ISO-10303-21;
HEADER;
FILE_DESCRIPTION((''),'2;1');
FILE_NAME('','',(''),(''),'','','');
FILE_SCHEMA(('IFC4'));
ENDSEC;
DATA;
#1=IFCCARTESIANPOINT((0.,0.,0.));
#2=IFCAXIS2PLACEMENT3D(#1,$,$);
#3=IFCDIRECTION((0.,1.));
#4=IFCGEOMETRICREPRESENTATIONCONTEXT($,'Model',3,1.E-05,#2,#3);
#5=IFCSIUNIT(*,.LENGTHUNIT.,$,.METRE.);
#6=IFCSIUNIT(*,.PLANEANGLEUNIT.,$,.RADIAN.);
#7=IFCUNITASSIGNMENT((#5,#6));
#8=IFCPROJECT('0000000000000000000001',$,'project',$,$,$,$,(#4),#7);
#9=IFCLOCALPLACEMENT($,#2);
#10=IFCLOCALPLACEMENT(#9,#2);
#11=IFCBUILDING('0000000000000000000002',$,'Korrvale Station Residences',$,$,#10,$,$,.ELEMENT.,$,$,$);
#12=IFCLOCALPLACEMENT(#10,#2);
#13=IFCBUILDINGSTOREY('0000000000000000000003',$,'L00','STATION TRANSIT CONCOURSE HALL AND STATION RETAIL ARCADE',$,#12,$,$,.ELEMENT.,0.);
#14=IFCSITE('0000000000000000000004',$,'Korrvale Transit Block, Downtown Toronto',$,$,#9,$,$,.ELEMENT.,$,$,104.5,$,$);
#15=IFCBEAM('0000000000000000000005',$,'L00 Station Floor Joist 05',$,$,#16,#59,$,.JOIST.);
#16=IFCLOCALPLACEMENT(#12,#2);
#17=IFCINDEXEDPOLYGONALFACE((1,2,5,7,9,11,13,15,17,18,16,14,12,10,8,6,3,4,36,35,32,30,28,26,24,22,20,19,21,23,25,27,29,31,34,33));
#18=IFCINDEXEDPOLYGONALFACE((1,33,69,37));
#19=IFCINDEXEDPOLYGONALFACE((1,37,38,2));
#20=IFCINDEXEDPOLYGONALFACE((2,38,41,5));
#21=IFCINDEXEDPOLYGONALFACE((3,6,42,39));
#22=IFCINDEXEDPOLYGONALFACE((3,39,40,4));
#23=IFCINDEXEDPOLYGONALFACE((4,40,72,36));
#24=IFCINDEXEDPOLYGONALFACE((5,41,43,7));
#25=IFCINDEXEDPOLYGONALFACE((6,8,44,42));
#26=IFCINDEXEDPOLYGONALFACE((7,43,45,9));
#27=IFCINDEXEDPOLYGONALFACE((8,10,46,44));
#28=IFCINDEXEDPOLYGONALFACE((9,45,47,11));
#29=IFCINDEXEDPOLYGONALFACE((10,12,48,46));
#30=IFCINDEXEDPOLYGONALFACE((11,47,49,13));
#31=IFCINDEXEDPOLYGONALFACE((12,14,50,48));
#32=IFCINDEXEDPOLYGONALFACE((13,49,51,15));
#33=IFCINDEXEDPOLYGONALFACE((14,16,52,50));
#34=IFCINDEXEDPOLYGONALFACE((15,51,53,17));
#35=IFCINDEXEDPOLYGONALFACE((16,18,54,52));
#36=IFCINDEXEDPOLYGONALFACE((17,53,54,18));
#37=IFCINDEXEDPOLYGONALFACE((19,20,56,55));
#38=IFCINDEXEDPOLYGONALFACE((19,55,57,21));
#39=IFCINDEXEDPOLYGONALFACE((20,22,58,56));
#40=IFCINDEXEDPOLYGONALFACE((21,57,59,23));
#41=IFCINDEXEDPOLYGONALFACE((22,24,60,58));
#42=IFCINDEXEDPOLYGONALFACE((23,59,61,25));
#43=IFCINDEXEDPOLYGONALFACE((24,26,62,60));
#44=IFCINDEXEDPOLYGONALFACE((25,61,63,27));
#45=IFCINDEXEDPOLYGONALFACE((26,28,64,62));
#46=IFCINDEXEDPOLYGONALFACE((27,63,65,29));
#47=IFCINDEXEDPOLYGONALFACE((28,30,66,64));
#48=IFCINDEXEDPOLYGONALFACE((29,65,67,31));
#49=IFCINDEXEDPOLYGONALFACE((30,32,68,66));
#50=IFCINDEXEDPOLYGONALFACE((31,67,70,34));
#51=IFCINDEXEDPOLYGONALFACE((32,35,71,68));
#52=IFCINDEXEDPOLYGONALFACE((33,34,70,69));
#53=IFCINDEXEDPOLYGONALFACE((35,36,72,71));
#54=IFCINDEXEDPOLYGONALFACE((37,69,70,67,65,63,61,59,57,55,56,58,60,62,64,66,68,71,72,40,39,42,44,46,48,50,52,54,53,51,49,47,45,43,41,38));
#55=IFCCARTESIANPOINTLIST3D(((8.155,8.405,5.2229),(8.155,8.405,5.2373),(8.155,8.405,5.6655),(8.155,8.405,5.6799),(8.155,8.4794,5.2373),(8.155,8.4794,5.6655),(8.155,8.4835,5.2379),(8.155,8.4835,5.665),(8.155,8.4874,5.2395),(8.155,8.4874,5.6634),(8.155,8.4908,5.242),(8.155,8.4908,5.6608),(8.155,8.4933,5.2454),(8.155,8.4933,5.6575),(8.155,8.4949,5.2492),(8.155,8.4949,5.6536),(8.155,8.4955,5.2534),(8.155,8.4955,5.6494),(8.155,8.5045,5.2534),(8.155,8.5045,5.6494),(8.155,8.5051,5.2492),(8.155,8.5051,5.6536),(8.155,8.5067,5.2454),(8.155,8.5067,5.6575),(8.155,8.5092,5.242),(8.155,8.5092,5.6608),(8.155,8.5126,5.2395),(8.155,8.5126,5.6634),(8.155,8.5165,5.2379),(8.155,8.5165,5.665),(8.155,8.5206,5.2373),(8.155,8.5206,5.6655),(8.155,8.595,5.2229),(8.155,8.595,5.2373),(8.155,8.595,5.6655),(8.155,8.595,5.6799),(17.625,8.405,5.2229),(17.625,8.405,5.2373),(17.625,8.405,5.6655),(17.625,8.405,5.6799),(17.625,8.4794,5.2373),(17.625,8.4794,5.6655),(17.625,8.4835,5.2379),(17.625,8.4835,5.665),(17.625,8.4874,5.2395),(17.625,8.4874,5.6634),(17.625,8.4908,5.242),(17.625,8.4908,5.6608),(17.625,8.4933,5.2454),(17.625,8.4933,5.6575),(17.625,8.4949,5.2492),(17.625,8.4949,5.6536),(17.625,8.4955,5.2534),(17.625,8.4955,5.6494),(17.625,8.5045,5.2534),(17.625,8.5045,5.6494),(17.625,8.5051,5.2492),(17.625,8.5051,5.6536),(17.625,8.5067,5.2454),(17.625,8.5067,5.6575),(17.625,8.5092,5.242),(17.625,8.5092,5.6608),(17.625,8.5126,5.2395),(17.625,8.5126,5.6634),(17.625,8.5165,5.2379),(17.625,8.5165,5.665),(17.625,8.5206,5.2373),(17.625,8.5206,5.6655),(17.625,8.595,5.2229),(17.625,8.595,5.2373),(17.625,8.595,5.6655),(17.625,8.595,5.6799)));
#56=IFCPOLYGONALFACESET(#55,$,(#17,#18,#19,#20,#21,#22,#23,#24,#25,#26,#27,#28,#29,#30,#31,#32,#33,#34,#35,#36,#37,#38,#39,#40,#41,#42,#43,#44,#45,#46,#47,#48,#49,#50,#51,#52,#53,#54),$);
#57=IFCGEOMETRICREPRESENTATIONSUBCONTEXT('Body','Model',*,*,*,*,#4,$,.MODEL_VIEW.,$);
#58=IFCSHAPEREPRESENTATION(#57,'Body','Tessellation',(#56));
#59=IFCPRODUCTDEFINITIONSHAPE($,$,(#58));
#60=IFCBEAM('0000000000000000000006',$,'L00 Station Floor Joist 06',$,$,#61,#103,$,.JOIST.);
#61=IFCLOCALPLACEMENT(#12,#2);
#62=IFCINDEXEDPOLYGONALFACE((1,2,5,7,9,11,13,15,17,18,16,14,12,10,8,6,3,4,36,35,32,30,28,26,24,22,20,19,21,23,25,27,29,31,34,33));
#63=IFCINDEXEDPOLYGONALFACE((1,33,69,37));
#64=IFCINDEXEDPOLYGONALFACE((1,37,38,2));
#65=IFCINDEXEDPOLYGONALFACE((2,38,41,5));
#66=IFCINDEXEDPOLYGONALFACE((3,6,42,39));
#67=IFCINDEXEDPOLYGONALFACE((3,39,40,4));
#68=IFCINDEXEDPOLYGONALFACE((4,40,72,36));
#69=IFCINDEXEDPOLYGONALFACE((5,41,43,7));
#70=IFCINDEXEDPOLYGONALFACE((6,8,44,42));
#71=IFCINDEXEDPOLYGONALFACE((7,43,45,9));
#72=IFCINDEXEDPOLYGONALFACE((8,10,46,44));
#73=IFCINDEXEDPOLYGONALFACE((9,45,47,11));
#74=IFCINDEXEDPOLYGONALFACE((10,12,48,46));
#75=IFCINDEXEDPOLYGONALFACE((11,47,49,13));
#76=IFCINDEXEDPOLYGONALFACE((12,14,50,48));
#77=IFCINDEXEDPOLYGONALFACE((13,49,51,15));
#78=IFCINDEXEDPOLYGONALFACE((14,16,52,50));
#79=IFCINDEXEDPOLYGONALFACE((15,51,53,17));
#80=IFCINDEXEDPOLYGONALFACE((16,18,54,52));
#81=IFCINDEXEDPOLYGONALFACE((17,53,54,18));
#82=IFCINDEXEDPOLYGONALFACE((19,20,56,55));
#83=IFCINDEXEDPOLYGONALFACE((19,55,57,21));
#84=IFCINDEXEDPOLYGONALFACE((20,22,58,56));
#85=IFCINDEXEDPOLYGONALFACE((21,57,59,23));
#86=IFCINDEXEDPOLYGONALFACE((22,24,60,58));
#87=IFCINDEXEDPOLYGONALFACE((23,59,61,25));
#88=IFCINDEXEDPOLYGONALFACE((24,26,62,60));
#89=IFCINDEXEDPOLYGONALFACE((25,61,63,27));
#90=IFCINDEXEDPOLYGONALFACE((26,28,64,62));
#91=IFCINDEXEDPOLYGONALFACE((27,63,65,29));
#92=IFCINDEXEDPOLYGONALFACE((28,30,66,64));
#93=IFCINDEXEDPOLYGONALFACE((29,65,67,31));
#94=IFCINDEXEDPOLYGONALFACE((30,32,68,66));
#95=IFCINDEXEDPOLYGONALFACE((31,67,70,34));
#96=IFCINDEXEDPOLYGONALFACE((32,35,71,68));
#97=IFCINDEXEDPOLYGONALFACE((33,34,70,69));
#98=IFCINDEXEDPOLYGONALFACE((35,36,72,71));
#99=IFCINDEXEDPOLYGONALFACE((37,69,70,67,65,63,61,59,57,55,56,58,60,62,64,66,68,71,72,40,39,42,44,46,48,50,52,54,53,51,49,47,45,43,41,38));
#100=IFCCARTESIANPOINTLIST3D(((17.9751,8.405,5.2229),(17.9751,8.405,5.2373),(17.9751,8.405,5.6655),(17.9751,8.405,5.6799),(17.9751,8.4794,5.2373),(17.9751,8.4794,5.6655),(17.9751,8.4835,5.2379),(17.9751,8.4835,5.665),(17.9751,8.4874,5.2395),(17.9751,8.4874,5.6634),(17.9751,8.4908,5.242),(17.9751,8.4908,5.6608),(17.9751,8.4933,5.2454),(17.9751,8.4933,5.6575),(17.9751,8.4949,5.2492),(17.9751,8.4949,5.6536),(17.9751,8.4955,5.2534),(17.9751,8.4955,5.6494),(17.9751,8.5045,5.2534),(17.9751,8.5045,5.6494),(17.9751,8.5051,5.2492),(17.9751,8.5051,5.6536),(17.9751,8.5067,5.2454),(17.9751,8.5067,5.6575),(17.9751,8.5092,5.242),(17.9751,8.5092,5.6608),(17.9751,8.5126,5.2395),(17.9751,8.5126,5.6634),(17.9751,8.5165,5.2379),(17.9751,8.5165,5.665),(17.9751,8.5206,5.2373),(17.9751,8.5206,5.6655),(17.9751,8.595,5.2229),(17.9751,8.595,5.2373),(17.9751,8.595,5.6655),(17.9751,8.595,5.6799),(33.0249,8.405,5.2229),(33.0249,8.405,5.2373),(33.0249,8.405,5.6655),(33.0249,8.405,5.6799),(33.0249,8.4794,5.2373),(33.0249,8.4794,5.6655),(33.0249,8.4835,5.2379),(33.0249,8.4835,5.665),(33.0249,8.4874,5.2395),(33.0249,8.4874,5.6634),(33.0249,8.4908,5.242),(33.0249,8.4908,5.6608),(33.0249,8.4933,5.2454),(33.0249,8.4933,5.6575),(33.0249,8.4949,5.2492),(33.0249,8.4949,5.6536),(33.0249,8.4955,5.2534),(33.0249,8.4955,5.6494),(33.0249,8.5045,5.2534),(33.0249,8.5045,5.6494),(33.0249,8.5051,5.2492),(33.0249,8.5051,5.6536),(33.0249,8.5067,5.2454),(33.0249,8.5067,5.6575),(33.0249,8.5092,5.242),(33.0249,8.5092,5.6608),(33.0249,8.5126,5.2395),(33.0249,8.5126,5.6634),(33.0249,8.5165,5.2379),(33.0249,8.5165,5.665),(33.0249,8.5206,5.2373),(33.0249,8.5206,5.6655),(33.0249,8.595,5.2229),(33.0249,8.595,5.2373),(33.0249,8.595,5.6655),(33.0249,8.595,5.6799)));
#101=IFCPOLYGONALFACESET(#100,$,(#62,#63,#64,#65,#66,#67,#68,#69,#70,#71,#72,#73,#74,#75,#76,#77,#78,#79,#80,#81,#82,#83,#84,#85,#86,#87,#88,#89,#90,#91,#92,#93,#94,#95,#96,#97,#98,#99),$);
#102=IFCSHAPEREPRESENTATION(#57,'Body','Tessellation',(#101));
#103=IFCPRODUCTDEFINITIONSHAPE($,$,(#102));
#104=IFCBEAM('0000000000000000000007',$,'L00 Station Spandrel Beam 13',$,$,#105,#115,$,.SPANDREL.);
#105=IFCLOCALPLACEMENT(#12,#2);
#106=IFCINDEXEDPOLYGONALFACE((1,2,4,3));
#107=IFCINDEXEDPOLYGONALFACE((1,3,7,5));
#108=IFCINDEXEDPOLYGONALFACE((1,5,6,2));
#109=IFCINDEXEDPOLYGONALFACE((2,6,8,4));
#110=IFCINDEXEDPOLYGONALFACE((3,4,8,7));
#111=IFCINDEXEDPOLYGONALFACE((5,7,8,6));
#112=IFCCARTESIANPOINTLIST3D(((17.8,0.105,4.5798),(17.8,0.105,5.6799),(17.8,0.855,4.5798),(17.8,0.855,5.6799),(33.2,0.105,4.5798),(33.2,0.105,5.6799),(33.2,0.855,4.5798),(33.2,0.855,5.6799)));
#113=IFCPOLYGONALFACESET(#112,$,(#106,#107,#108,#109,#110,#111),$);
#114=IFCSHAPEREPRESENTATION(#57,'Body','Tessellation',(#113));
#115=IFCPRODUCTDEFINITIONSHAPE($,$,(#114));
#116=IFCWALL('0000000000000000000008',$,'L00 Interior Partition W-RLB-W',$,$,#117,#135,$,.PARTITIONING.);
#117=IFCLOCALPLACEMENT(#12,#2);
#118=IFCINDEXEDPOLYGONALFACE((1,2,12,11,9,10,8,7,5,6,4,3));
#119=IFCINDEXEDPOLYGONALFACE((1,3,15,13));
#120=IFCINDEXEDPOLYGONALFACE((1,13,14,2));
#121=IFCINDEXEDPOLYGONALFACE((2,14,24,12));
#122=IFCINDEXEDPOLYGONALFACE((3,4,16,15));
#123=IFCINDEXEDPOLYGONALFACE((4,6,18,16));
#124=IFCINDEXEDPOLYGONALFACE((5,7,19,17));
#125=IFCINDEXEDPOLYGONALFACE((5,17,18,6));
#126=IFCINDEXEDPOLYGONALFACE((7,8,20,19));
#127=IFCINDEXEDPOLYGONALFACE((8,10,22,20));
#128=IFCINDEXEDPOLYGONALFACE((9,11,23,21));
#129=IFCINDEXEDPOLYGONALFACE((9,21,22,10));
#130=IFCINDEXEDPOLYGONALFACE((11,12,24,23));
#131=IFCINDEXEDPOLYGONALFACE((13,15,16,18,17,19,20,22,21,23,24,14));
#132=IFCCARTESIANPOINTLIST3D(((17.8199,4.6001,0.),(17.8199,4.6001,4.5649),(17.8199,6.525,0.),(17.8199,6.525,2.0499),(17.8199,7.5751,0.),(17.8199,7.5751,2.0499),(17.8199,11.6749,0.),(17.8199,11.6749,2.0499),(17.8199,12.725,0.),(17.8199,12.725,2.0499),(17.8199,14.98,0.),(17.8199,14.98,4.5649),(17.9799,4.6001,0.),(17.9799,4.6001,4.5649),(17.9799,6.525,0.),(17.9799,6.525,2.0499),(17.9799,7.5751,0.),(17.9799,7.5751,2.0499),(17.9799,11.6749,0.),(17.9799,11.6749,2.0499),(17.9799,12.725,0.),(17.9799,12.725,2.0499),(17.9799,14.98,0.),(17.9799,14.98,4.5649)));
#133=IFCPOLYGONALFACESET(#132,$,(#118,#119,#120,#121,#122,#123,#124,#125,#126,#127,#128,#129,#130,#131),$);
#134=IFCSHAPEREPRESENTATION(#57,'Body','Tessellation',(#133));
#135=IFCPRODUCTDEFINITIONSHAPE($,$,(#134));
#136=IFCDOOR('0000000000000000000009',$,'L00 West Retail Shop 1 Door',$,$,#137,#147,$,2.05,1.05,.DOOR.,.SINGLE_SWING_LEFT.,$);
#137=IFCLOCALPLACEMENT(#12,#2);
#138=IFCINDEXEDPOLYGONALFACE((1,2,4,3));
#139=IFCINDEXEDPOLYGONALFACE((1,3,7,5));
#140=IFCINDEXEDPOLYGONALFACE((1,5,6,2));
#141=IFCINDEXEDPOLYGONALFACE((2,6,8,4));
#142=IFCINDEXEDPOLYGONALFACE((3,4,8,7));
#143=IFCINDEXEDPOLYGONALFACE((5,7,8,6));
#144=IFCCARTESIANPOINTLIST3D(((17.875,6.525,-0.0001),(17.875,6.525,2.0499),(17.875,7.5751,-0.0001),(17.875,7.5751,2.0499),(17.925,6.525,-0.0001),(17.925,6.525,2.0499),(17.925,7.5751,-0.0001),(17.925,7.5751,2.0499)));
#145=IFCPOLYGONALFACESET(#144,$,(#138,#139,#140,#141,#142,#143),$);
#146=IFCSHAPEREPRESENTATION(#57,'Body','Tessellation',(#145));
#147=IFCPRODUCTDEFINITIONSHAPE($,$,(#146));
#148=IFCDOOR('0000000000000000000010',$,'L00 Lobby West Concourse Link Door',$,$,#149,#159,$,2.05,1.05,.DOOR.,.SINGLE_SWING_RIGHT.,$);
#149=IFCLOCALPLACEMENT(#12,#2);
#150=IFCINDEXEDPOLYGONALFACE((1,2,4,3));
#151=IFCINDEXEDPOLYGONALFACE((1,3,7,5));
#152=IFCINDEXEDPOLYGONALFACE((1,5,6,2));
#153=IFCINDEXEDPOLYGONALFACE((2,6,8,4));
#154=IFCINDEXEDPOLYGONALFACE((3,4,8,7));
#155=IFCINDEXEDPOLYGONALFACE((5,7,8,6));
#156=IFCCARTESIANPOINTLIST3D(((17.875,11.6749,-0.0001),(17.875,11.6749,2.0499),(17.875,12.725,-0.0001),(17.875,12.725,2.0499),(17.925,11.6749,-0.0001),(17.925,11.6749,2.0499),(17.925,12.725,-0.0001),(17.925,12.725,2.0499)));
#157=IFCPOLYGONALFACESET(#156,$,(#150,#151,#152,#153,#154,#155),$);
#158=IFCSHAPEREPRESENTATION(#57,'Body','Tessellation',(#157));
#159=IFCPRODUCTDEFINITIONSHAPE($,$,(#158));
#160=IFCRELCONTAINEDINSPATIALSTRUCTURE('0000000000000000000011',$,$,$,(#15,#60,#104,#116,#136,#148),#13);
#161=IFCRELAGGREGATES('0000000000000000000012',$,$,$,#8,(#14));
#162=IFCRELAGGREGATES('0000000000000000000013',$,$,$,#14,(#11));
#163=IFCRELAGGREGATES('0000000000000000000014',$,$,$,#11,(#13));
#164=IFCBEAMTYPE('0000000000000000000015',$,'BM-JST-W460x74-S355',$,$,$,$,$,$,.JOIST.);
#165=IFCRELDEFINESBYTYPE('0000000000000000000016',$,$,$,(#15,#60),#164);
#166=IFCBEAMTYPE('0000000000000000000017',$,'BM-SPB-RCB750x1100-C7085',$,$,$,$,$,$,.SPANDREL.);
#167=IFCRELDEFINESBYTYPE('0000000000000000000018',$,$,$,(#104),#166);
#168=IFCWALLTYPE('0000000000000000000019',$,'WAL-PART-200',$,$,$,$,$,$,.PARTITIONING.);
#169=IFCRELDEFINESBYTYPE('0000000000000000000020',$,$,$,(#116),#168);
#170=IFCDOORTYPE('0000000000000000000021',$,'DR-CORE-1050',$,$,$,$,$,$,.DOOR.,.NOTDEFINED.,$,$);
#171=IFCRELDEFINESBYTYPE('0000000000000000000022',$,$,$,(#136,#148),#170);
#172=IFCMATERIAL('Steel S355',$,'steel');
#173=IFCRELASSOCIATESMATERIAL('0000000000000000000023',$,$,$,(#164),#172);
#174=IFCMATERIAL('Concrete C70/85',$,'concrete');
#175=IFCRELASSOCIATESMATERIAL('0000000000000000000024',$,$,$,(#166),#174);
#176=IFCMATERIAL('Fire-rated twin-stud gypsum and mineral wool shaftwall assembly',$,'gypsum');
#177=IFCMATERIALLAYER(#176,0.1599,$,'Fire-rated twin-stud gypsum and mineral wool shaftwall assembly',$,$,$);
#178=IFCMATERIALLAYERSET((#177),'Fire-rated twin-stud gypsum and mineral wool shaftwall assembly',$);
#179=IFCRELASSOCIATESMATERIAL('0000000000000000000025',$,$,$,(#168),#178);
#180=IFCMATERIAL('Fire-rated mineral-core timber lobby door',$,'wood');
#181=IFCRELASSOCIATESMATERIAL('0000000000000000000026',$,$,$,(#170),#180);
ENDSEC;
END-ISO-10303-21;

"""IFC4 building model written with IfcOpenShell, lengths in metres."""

from ifc_helpers import new_model, si_unit, direction, frame, frame_2d, origin, origin_2d, place, context, subcontext, project, spatial, rectangle, i_section, extrude, material, layer, layer_set, material_profile, profile_set, type_object, element, fill, save


model = new_model("IFC4")

# Units and contexts
model_context = context("Model", 3, precision=1e-05, world=origin(), true_north=direction((0.0, 1.0)))
body_context = subcontext(model_context, "Body", "Model", "MODEL_VIEW")
ifc_project = project(units=[si_unit("LENGTHUNIT", "METRE"), si_unit("PLANEANGLEUNIT", "RADIAN")], contexts=[model_context])

# Site, building, storey
site_placement = place(None, origin())
site = spatial("IfcSite", under=ifc_project, at=site_placement, Name="Korrvale Transit Block, Downtown Toronto", CompositionType="ELEMENT", RefElevation=104.5)
building_placement = place(site_placement, origin())
building = spatial("IfcBuilding", under=site, at=building_placement, Name="Korrvale Station Residences", CompositionType="ELEMENT")
storey_placement = place(building_placement, origin())
storey = spatial("IfcBuildingStorey", under=building, at=storey_placement, Name="L00", Description="STATION TRANSIT CONCOURSE HALL AND STATION RETAIL ARCADE", CompositionType="ELEMENT", Elevation=0.0)

# Shared definitions
ifc_material_1 = material(Name="Concrete C70/85", Category="concrete")

# Beams
ifc_material_2 = material(Name="Steel S355", Category="steel")
ifc_material_profile_1 = material_profile(ifc_material_2, i_section(OverallWidth=0.1899, OverallDepth=0.457, WebThickness=0.009, FlangeThickness=0.0144, FilletRadius=0.0161, at=origin_2d()), Name="W460x74")
ifc_profile_set_1 = profile_set([ifc_material_profile_1], Name="Steel S355")
beam_type_1 = type_object("IfcBeamType", Name="BM-JST-W460x74-S355", PredefinedType="JOIST", material=ifc_profile_set_1)
beam_1_placement = place(storey_placement, frame((8.155, 8.5, 5.4514), z_axis=(1.0, 0.0, 0.0), x_axis=(0.0, 1.0, 0.0)))
element("IfcBeam", 1, at=beam_1_placement, inside=storey, type_object=beam_type_1, Name="L00 Station Floor Joist 05", PredefinedType="JOIST", context=body_context, shape_type="SweptSolid", body=[
    extrude(i_section(OverallWidth=0.1899, OverallDepth=0.457, WebThickness=0.009, FlangeThickness=0.0144, FilletRadius=0.0161, at=origin_2d()), origin(), (0.0, 0.0, 1.0), 9.47),
])
beam_2_placement = place(storey_placement, frame((17.9751, 8.5, 5.4514), z_axis=(1.0, 0.0, 0.0), x_axis=(0.0, 1.0, 0.0)))
element("IfcBeam", 2, at=beam_2_placement, inside=storey, type_object=beam_type_1, Name="L00 Station Floor Joist 06", PredefinedType="JOIST", context=body_context, shape_type="SweptSolid", body=[
    extrude(i_section(OverallWidth=0.1899, OverallDepth=0.457, WebThickness=0.009, FlangeThickness=0.0144, FilletRadius=0.0161, at=origin_2d()), origin(), (0.0, 0.0, 1.0), 15.0498),
])
ifc_material_profile_2 = material_profile(ifc_material_1, rectangle(XDim=0.75, YDim=1.1001, at=origin_2d()), Name="RCB750x1100")
ifc_profile_set_2 = profile_set([ifc_material_profile_2], Name="Concrete C70/85")
beam_type_2 = type_object("IfcBeamType", Name="BM-SPB-RCB750x1100-C7085", PredefinedType="SPANDREL", material=ifc_profile_set_2)
beam_3_placement = place(storey_placement, frame((17.8, 0.48, 5.1299), z_axis=(1.0, 0.0, 0.0), x_axis=(0.0, 1.0, 0.0)))
element("IfcBeam", 3, at=beam_3_placement, inside=storey, type_object=beam_type_2, Name="L00 Station Spandrel Beam 13", PredefinedType="SPANDREL", context=body_context, shape_type="SweptSolid", body=[
    extrude(rectangle(XDim=0.75, YDim=1.1001, at=origin_2d()), origin(), (0.0, 0.0, 1.0), 15.3999),
])

# Wall, openings, doors
ifc_material_3 = material(Name="Fire-rated twin-stud gypsum and mineral wool shaftwall assembly", Category="gypsum")
ifc_layer = layer(ifc_material_3, 0.1599, Name="Fire-rated twin-stud gypsum and mineral wool shaftwall assembly")
ifc_layer_set = layer_set([ifc_layer], Name="Fire-rated twin-stud gypsum and mineral wool shaftwall assembly")
wall_type = type_object("IfcWallType", Name="WAL-PART-200", PredefinedType="PARTITIONING", material=ifc_layer_set)
wall_1_placement = place(storey_placement, frame((17.8999, 4.6001, 0.0), z_axis=(0.0, 0.0, 1.0), x_axis=(0.0, 1.0, 0.0)))
wall_1 = element("IfcWall", 4, at=wall_1_placement, inside=storey, type_object=wall_type, Name="L00 Interior Partition W-RLB-W", PredefinedType="PARTITIONING", context=body_context, shape_type="SweptSolid", body=[
    extrude(rectangle(XDim=10.3799, YDim=0.1599, at=frame_2d((5.1899, 0.0))), origin(), (0.0, 0.0, 1.0), 4.5649),
])
opening_1_placement = place(wall_1_placement, frame((1.925, 0.0, 0.0)))
opening_1 = element("IfcOpeningElement", 5, at=opening_1_placement, cuts=wall_1, PredefinedType="OPENING", context=body_context, shape_type="SweptSolid", body=[
    extrude(rectangle(XDim=1.05, YDim=2.05, at=frame_2d((0.5249, 1.0249))), frame((0.0, 0.0898, 0.0), z_axis=(0.0, -1.0, 0.0), x_axis=(1.0, 0.0, 0.0)), (0.0, 0.0, 1.0), 0.1799),
])
opening_2_placement = place(wall_1_placement, frame((7.075, 0.0, 0.0)))
opening_2 = element("IfcOpeningElement", 6, at=opening_2_placement, cuts=wall_1, PredefinedType="OPENING", context=body_context, shape_type="SweptSolid", body=[
    extrude(rectangle(XDim=1.05, YDim=2.05, at=frame_2d((0.5249, 1.0249))), frame((0.0, 0.0898, 0.0), z_axis=(0.0, -1.0, 0.0), x_axis=(1.0, 0.0, 0.0)), (0.0, 0.0, 1.0), 0.1799),
])
ifc_material_4 = material(Name="Fire-rated mineral-core timber lobby door", Category="wood")
door_type = type_object("IfcDoorType", Name="DR-CORE-1050", OperationType="NOTDEFINED", PredefinedType="DOOR", material=ifc_material_4)
door_1_placement = place(opening_1_placement, origin())
door_1 = element("IfcDoor", 7, at=door_1_placement, inside=storey, type_object=door_type, Name="L00 West Retail Shop 1 Door", OperationType="SINGLE_SWING_LEFT", OverallHeight=2.05, OverallWidth=1.05, PredefinedType="DOOR", context=body_context, shape_type="SweptSolid", body=[
    extrude(rectangle(XDim=1.05, YDim=2.05, at=frame_2d((0.5249, 1.0249))), frame((0.0, 0.0249, 0.0), z_axis=(0.0, -1.0, 0.0), x_axis=(1.0, 0.0, 0.0)), (0.0, 0.0, 1.0), 0.05),
])
fill(opening_1, door_1)
door_2_placement = place(opening_2_placement, origin())
door_2 = element("IfcDoor", 8, at=door_2_placement, inside=storey, type_object=door_type, Name="L00 Lobby West Concourse Link Door", OperationType="SINGLE_SWING_RIGHT", OverallHeight=2.05, OverallWidth=1.05, PredefinedType="DOOR", context=body_context, shape_type="SweptSolid", body=[
    extrude(rectangle(XDim=1.05, YDim=2.05, at=frame_2d((0.5249, 1.0249))), frame((0.0, 0.0249, 0.0), z_axis=(0.0, -1.0, 0.0), x_axis=(1.0, 0.0, 0.0)), (0.0, 0.0, 1.0), 0.05),
])
fill(opening_2, door_2)

save(model, "model.ifc")
